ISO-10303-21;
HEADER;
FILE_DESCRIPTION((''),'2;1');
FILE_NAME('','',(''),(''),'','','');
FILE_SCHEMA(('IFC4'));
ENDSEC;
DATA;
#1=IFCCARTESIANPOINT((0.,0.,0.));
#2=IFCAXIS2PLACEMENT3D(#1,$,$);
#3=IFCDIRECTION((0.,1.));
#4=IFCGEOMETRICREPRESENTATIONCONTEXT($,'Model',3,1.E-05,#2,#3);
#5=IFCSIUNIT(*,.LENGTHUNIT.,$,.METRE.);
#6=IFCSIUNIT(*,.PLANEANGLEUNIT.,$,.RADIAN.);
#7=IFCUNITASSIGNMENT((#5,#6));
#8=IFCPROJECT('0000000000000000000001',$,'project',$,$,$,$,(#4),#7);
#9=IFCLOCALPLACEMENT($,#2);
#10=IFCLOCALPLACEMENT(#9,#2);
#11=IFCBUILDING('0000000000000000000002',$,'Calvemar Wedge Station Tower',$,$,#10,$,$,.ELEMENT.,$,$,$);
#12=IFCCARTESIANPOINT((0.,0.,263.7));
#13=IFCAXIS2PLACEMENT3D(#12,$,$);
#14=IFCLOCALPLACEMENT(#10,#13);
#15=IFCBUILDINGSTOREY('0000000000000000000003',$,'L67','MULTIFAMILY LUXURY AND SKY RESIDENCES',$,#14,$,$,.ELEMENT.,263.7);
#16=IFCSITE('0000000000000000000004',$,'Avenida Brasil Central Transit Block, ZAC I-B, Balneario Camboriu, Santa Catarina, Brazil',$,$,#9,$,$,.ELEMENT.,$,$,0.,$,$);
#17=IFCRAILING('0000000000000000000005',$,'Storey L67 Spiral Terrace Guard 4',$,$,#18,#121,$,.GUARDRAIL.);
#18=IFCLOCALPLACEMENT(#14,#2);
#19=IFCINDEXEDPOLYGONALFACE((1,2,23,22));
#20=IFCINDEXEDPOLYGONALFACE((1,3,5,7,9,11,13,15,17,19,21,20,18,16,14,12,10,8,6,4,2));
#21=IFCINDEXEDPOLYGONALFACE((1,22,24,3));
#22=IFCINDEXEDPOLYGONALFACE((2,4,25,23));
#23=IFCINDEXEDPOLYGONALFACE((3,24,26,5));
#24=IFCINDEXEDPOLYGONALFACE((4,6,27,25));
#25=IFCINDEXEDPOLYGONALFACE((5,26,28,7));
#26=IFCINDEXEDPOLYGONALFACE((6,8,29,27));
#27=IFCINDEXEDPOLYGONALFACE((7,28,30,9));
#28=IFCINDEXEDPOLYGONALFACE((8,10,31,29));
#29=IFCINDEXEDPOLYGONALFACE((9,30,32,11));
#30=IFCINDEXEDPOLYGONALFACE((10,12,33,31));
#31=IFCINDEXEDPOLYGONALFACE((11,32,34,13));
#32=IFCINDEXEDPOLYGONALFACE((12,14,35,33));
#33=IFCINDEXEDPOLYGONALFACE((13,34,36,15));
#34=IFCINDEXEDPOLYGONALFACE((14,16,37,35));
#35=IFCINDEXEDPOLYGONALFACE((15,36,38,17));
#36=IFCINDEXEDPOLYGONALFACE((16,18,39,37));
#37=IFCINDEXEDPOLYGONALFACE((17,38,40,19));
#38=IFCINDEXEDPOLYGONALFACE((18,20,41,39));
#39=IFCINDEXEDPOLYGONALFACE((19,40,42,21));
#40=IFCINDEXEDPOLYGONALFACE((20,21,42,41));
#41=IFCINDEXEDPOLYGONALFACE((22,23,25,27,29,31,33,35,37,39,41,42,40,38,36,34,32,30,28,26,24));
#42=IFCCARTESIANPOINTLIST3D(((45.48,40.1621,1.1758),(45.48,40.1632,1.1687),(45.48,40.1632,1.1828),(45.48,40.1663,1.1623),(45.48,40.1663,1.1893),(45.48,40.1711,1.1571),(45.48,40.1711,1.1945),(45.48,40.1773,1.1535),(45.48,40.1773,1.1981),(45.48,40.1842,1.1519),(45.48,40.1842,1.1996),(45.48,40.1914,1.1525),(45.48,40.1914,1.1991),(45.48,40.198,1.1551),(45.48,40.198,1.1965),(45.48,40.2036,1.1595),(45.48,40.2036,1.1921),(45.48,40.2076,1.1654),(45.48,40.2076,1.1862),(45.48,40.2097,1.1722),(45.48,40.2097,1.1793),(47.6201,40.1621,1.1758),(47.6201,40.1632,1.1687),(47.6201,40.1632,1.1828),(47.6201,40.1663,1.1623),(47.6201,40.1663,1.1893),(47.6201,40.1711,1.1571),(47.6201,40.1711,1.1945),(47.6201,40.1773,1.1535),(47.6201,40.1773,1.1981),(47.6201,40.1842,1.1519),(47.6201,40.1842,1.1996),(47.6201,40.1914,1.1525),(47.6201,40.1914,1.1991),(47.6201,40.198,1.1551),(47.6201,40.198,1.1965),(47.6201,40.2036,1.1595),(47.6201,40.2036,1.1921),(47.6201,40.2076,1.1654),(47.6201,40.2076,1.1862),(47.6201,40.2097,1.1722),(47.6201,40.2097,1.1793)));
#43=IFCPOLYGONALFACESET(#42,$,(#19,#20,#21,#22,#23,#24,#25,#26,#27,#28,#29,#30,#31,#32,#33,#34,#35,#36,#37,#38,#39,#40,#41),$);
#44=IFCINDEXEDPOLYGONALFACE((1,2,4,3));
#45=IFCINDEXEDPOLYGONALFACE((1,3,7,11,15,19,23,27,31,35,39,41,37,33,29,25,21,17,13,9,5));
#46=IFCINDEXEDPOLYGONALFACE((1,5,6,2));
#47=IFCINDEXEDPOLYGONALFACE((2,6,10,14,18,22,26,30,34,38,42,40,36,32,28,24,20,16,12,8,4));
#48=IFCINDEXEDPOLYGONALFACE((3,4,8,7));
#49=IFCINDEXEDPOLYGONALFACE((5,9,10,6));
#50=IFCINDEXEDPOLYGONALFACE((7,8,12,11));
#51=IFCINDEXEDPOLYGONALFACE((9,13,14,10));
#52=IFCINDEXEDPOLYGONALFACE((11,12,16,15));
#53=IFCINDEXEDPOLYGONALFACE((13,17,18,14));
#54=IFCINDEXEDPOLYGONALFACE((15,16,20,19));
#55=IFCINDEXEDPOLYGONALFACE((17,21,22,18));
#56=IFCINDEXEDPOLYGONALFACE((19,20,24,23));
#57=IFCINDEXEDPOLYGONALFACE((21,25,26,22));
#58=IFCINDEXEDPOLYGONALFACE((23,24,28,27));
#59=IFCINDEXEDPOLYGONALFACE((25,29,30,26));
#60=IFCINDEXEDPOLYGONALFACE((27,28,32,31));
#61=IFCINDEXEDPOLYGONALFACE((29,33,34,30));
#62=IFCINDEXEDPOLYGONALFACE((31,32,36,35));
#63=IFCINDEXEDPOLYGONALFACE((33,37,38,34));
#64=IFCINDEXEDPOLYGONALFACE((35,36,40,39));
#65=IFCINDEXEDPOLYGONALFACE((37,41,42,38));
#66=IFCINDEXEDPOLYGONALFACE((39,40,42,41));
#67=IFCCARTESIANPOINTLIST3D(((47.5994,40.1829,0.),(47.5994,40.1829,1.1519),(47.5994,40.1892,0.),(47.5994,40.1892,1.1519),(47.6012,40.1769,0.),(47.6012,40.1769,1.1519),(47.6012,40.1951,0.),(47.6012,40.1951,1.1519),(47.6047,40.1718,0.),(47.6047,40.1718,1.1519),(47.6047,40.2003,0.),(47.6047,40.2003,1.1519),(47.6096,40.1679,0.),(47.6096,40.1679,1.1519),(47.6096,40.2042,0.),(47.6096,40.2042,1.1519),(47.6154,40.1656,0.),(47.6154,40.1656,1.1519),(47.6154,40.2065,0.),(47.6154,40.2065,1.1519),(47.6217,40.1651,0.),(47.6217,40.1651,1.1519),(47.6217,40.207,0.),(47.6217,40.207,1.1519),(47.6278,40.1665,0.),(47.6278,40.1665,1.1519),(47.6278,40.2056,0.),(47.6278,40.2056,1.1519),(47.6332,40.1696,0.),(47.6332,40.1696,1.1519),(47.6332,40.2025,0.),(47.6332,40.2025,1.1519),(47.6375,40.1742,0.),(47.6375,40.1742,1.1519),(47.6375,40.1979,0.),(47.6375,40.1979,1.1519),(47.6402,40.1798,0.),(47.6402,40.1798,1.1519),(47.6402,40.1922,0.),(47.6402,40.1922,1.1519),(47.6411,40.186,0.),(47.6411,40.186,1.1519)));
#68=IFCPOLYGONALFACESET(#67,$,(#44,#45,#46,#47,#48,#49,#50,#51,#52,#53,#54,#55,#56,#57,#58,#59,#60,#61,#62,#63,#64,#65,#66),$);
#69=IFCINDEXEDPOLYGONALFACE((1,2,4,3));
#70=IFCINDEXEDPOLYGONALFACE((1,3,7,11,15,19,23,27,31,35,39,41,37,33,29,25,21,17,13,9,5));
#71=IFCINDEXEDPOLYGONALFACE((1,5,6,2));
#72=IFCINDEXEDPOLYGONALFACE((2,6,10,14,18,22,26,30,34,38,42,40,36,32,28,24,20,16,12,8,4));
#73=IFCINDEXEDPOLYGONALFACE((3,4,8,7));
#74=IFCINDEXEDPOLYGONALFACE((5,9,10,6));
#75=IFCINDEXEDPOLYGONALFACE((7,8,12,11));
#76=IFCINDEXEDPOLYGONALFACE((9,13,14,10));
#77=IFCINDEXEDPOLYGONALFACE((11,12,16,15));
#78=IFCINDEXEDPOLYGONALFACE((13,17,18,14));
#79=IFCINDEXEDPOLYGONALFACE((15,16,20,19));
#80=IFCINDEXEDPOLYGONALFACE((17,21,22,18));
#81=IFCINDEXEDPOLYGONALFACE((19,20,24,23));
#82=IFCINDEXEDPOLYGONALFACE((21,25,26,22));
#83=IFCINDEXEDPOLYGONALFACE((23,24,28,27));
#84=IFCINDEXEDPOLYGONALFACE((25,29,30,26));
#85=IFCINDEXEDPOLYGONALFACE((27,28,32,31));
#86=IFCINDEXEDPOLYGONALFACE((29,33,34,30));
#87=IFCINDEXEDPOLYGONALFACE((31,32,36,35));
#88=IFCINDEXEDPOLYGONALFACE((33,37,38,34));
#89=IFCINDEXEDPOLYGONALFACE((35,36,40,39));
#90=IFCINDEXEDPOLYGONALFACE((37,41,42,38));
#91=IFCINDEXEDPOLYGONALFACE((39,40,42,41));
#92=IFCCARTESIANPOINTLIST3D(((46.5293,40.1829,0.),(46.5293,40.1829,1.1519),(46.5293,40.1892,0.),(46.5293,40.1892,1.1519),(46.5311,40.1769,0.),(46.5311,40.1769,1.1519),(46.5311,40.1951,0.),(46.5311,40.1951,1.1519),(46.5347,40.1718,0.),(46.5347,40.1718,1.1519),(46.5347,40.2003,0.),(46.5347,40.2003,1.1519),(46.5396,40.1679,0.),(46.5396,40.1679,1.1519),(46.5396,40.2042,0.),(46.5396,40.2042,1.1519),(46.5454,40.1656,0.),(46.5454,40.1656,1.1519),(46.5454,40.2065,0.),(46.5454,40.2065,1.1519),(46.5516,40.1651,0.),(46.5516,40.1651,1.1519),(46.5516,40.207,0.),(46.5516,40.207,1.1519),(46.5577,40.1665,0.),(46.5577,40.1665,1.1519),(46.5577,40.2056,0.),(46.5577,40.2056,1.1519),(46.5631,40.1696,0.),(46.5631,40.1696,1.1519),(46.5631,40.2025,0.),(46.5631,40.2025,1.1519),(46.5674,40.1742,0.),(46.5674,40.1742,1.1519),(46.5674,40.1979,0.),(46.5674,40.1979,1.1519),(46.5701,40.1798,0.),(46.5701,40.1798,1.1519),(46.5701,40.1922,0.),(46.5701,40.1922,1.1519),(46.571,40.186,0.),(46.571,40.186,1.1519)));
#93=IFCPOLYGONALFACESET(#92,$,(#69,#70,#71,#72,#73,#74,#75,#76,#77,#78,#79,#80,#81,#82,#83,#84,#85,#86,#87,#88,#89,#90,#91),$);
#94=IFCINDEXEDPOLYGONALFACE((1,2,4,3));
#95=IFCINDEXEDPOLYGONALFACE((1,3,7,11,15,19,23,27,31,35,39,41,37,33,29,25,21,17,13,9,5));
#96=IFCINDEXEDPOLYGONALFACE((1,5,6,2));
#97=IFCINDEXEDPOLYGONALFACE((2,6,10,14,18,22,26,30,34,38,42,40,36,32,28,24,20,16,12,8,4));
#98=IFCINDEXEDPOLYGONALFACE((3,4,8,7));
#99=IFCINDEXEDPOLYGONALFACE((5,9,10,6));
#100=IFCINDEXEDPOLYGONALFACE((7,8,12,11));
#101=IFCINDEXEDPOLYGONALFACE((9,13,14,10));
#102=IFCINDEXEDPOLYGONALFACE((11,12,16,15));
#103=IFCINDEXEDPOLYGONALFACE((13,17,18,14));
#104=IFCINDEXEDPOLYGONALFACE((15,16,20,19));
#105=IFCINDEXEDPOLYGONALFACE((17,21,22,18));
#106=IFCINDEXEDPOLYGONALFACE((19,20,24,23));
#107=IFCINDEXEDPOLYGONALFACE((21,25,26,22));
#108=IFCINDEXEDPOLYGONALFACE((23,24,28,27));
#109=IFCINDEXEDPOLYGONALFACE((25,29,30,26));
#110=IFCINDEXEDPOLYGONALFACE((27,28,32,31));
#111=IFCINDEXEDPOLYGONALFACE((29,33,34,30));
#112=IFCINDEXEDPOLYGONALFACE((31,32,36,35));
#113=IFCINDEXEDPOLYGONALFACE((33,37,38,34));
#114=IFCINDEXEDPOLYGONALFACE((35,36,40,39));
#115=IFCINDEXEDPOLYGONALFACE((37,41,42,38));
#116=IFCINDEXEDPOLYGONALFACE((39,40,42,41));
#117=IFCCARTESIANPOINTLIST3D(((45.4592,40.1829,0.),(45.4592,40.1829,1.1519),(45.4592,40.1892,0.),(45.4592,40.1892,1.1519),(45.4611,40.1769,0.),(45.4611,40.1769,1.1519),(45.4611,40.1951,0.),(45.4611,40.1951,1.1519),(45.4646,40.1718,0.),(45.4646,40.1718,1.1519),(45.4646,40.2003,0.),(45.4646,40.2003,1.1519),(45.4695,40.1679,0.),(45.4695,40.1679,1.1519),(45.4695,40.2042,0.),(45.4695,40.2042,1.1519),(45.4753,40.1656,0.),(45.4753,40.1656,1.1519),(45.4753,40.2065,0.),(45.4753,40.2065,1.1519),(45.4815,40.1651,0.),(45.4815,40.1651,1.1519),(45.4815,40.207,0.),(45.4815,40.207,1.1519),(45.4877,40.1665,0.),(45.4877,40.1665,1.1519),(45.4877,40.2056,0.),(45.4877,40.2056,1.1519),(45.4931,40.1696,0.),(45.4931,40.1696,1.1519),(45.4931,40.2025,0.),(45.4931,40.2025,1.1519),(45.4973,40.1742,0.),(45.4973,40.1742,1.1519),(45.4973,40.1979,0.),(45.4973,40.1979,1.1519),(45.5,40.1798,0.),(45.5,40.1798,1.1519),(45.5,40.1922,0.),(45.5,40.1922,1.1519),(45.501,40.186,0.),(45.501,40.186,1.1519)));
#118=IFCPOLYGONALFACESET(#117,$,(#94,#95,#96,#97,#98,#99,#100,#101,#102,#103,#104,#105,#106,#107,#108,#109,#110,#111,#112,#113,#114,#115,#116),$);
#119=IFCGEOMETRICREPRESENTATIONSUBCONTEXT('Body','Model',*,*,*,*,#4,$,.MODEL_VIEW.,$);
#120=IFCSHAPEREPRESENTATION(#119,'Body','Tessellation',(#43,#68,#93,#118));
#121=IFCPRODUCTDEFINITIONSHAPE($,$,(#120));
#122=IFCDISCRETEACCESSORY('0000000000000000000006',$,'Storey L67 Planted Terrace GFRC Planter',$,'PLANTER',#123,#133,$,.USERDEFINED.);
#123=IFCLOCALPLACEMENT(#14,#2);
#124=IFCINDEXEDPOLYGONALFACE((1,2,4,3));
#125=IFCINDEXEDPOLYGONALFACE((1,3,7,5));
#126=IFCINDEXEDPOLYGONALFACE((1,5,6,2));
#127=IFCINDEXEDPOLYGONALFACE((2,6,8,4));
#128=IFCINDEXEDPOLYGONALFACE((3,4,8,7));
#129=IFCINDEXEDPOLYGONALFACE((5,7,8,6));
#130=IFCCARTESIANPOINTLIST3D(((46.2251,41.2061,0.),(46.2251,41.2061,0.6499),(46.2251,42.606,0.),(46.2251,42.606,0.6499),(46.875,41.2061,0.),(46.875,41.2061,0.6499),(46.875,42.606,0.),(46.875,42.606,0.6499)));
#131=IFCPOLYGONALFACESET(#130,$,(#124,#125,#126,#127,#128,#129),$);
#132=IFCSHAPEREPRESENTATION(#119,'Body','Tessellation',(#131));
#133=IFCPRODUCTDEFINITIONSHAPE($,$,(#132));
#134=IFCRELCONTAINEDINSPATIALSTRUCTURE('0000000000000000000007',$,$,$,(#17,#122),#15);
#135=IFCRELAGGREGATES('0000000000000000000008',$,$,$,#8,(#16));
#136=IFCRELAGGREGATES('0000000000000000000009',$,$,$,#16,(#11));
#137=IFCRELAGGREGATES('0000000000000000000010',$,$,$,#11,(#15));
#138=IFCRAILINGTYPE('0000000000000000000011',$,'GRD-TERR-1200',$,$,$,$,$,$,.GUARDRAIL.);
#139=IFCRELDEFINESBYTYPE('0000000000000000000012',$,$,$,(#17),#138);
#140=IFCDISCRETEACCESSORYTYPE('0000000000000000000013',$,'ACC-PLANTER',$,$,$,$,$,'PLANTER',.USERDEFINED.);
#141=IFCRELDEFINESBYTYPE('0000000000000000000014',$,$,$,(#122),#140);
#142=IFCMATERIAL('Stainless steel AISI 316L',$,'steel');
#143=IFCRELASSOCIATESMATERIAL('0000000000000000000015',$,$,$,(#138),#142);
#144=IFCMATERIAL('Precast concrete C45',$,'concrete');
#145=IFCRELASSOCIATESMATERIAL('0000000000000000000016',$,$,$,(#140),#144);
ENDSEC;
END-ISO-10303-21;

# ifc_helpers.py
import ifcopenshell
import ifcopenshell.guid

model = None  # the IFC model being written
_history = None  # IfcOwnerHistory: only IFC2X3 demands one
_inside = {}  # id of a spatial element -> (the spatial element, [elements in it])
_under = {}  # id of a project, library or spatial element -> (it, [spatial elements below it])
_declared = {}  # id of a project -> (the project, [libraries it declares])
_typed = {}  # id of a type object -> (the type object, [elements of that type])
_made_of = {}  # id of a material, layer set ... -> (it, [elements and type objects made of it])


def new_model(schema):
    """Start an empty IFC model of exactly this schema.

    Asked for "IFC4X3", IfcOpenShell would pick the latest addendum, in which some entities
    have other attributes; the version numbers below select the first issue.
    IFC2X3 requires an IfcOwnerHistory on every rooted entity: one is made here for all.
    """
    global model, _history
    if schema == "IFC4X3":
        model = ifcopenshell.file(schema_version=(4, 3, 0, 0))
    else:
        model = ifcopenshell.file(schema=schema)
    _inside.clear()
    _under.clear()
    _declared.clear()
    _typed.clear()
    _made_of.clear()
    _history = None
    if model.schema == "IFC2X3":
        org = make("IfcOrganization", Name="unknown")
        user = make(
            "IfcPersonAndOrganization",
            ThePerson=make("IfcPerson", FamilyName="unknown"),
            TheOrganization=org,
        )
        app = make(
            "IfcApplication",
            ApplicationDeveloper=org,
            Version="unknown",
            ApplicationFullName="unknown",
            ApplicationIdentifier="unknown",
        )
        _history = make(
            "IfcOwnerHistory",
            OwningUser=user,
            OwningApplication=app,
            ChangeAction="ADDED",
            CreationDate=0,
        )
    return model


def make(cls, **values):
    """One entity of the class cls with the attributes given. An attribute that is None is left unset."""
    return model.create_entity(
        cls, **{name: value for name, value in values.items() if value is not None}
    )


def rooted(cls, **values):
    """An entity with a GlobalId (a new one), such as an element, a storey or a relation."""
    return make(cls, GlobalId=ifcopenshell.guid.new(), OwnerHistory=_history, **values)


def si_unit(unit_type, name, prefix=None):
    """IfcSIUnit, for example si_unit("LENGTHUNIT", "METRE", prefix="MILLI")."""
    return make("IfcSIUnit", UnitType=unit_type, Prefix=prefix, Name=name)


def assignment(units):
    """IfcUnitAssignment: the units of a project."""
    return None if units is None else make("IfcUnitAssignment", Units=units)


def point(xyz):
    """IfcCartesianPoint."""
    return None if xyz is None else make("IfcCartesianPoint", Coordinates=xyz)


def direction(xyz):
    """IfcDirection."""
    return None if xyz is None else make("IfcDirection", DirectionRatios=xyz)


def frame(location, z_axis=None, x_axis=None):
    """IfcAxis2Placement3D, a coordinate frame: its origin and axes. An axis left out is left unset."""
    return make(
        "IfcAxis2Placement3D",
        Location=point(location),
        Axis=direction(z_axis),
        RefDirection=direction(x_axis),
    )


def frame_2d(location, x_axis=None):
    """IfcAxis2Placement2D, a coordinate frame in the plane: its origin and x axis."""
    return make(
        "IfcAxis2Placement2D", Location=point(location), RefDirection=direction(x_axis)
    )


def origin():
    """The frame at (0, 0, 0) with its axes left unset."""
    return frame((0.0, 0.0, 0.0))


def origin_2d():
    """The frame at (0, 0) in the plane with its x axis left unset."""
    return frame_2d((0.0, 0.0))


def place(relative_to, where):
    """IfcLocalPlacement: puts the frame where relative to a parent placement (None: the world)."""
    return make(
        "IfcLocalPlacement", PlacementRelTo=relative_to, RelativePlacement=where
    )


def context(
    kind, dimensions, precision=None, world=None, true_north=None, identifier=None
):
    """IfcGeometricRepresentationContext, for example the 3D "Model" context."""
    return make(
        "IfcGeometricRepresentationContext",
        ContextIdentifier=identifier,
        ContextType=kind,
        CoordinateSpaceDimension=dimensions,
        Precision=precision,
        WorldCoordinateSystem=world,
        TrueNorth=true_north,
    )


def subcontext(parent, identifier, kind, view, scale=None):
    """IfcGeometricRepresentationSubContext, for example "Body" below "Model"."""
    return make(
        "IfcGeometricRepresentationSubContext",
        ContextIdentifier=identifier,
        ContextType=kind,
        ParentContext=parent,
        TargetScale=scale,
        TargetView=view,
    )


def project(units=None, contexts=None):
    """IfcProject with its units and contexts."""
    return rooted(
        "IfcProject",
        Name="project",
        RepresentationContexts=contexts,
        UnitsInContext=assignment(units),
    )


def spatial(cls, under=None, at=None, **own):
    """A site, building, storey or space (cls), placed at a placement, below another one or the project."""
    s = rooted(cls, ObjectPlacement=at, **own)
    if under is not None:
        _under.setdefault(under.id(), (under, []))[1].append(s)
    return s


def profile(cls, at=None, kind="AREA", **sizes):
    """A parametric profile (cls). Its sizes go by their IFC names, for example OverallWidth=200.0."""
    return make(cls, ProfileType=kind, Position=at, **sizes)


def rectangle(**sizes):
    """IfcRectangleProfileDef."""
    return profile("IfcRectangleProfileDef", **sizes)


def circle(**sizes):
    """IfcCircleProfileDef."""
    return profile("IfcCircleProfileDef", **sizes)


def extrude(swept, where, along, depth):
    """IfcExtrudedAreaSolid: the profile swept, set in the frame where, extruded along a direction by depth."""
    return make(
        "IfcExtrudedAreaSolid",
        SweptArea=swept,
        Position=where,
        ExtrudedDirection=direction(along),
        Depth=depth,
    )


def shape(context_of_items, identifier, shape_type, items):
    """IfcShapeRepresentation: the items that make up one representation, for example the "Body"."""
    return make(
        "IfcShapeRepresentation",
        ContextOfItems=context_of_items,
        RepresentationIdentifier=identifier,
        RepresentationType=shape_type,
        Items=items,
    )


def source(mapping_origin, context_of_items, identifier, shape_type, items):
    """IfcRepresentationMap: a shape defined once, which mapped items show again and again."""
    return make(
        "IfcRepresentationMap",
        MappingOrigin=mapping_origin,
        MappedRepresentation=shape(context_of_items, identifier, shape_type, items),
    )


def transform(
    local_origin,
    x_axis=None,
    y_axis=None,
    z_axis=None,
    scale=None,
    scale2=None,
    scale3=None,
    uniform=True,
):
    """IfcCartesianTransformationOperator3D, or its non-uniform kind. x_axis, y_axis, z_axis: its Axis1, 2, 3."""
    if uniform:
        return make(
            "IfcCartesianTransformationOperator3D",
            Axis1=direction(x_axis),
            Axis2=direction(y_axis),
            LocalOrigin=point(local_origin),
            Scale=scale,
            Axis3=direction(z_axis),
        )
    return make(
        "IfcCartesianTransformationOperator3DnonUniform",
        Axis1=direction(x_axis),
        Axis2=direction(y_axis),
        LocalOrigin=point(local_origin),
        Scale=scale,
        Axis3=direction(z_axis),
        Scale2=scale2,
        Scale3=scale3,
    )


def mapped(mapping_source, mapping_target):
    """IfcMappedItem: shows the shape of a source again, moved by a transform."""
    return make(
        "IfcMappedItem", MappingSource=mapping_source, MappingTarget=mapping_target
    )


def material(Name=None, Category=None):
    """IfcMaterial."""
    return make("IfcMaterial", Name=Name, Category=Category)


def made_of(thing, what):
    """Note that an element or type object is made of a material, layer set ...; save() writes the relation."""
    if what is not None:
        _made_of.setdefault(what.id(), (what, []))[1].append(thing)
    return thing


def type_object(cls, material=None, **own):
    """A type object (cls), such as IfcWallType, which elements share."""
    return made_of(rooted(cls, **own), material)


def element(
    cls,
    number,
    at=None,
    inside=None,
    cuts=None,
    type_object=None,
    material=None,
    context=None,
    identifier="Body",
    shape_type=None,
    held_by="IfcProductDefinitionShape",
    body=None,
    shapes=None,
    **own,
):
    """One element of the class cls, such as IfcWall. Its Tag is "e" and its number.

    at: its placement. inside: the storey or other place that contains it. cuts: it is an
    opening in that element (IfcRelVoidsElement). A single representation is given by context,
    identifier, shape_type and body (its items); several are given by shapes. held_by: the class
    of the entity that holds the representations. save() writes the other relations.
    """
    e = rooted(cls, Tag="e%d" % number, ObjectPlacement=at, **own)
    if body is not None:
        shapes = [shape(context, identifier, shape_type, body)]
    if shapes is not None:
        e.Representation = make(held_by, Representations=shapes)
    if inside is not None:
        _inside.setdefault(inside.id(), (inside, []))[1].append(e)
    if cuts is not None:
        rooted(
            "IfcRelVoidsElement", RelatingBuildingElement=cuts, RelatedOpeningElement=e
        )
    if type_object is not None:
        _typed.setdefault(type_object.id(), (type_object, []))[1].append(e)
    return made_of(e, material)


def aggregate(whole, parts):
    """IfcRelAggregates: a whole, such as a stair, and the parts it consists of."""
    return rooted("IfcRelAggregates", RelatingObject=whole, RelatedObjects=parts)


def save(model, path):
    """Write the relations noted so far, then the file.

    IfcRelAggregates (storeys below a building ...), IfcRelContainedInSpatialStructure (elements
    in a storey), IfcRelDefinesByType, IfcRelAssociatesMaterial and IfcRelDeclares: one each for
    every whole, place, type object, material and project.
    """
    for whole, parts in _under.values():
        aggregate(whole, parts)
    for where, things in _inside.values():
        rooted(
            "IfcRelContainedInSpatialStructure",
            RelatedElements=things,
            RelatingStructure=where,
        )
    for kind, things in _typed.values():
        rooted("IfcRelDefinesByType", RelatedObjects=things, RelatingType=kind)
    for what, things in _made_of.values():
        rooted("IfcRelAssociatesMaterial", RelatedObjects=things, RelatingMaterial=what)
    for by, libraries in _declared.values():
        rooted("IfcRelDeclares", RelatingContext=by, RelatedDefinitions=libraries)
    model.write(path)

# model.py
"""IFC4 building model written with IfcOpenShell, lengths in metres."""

from ifc_helpers import new_model, si_unit, direction, frame, origin, origin_2d, place, context, subcontext, project, spatial, rectangle, circle, extrude, source, transform, mapped, material, type_object, element, save


model = new_model("IFC4")

# Units and contexts
model_context = context("Model", 3, precision=1e-05, world=origin(), true_north=direction((0.0, 1.0)))
body_context = subcontext(model_context, "Body", "Model", "MODEL_VIEW")
ifc_project = project(units=[si_unit("LENGTHUNIT", "METRE"), si_unit("PLANEANGLEUNIT", "RADIAN")], contexts=[model_context])

# Site, building, storey
site_placement = place(None, origin())
site = spatial("IfcSite", under=ifc_project, at=site_placement, Name="Avenida Brasil Central Transit Block, ZAC I-B, Balneario Camboriu, Santa Catarina, Brazil", CompositionType="ELEMENT", RefElevation=0.0)
building_placement = place(site_placement, origin())
building = spatial("IfcBuilding", under=site, at=building_placement, Name="Calvemar Wedge Station Tower", CompositionType="ELEMENT")
storey_placement = place(building_placement, frame((0.0, 0.0, 263.7)))
storey = spatial("IfcBuildingStorey", under=building, at=storey_placement, Name="L67", Description="MULTIFAMILY LUXURY AND SKY RESIDENCES", CompositionType="ELEMENT", Elevation=263.7)

# Shared definitions
ifc_material_1 = material(Name="Precast concrete C45", Category="concrete")

# Railing
ifc_material_2 = material(Name="Stainless steel AISI 316L", Category="steel")
railing_type = type_object("IfcRailingType", Name="GRD-TERR-1200", PredefinedType="GUARDRAIL", material=ifc_material_2)
railing_1_placement = place(storey_placement, frame((47.6201, 40.186, 0.0)))
element("IfcRailing", 1, at=railing_1_placement, inside=storey, type_object=railing_type, Name="Storey L67 Spiral Terrace Guard 4", PredefinedType="GUARDRAIL", context=body_context, shape_type="SweptSolid", body=[
    extrude(circle(Radius=0.0239, at=origin_2d()), frame((0.0, 0.0, 1.1758), z_axis=(-1.0, 0.0, 0.0), x_axis=(0.0, -1.0, 0.0)), (0.0, 0.0, 1.0), 2.1401),
    extrude(circle(Radius=0.021, at=origin_2d()), origin(), (0.0, 0.0, 1.0), 1.1519),
    extrude(circle(Radius=0.021, at=origin_2d()), frame((-1.0701, 0.0, 0.0)), (0.0, 0.0, 1.0), 1.1519),
    extrude(circle(Radius=0.021, at=origin_2d()), frame((-2.1401, 0.0, 0.0)), (0.0, 0.0, 1.0), 1.1519),
])

# Discrete accessory
discrete_accessory_type = type_object("IfcDiscreteAccessoryType", Name="ACC-PLANTER", ElementType="PLANTER", PredefinedType="USERDEFINED", material=ifc_material_1)
shared_shape_1 = source(origin(), body_context, "Body", "SweptSolid", [
    extrude(rectangle(XDim=0.6499, YDim=1.3999, at=origin_2d()), origin(), (0.0, 0.0, 1.0), 0.6499),
])
discrete_accessory_placement = place(storey_placement, frame((46.55, 41.906, 0.0), z_axis=(0.0, 0.0, 1.0), x_axis=(1.0, 0.0, 0.0)))
element("IfcDiscreteAccessory", 2, at=discrete_accessory_placement, inside=storey, type_object=discrete_accessory_type, Name="Storey L67 Planted Terrace GFRC Planter", ObjectType="PLANTER", PredefinedType="USERDEFINED", context=body_context, shape_type="MappedRepresentation", body=[
    mapped(shared_shape_1, transform((0.0, 0.0, 0.0), scale=1.0)),
])

save(model, "model.ifc")
